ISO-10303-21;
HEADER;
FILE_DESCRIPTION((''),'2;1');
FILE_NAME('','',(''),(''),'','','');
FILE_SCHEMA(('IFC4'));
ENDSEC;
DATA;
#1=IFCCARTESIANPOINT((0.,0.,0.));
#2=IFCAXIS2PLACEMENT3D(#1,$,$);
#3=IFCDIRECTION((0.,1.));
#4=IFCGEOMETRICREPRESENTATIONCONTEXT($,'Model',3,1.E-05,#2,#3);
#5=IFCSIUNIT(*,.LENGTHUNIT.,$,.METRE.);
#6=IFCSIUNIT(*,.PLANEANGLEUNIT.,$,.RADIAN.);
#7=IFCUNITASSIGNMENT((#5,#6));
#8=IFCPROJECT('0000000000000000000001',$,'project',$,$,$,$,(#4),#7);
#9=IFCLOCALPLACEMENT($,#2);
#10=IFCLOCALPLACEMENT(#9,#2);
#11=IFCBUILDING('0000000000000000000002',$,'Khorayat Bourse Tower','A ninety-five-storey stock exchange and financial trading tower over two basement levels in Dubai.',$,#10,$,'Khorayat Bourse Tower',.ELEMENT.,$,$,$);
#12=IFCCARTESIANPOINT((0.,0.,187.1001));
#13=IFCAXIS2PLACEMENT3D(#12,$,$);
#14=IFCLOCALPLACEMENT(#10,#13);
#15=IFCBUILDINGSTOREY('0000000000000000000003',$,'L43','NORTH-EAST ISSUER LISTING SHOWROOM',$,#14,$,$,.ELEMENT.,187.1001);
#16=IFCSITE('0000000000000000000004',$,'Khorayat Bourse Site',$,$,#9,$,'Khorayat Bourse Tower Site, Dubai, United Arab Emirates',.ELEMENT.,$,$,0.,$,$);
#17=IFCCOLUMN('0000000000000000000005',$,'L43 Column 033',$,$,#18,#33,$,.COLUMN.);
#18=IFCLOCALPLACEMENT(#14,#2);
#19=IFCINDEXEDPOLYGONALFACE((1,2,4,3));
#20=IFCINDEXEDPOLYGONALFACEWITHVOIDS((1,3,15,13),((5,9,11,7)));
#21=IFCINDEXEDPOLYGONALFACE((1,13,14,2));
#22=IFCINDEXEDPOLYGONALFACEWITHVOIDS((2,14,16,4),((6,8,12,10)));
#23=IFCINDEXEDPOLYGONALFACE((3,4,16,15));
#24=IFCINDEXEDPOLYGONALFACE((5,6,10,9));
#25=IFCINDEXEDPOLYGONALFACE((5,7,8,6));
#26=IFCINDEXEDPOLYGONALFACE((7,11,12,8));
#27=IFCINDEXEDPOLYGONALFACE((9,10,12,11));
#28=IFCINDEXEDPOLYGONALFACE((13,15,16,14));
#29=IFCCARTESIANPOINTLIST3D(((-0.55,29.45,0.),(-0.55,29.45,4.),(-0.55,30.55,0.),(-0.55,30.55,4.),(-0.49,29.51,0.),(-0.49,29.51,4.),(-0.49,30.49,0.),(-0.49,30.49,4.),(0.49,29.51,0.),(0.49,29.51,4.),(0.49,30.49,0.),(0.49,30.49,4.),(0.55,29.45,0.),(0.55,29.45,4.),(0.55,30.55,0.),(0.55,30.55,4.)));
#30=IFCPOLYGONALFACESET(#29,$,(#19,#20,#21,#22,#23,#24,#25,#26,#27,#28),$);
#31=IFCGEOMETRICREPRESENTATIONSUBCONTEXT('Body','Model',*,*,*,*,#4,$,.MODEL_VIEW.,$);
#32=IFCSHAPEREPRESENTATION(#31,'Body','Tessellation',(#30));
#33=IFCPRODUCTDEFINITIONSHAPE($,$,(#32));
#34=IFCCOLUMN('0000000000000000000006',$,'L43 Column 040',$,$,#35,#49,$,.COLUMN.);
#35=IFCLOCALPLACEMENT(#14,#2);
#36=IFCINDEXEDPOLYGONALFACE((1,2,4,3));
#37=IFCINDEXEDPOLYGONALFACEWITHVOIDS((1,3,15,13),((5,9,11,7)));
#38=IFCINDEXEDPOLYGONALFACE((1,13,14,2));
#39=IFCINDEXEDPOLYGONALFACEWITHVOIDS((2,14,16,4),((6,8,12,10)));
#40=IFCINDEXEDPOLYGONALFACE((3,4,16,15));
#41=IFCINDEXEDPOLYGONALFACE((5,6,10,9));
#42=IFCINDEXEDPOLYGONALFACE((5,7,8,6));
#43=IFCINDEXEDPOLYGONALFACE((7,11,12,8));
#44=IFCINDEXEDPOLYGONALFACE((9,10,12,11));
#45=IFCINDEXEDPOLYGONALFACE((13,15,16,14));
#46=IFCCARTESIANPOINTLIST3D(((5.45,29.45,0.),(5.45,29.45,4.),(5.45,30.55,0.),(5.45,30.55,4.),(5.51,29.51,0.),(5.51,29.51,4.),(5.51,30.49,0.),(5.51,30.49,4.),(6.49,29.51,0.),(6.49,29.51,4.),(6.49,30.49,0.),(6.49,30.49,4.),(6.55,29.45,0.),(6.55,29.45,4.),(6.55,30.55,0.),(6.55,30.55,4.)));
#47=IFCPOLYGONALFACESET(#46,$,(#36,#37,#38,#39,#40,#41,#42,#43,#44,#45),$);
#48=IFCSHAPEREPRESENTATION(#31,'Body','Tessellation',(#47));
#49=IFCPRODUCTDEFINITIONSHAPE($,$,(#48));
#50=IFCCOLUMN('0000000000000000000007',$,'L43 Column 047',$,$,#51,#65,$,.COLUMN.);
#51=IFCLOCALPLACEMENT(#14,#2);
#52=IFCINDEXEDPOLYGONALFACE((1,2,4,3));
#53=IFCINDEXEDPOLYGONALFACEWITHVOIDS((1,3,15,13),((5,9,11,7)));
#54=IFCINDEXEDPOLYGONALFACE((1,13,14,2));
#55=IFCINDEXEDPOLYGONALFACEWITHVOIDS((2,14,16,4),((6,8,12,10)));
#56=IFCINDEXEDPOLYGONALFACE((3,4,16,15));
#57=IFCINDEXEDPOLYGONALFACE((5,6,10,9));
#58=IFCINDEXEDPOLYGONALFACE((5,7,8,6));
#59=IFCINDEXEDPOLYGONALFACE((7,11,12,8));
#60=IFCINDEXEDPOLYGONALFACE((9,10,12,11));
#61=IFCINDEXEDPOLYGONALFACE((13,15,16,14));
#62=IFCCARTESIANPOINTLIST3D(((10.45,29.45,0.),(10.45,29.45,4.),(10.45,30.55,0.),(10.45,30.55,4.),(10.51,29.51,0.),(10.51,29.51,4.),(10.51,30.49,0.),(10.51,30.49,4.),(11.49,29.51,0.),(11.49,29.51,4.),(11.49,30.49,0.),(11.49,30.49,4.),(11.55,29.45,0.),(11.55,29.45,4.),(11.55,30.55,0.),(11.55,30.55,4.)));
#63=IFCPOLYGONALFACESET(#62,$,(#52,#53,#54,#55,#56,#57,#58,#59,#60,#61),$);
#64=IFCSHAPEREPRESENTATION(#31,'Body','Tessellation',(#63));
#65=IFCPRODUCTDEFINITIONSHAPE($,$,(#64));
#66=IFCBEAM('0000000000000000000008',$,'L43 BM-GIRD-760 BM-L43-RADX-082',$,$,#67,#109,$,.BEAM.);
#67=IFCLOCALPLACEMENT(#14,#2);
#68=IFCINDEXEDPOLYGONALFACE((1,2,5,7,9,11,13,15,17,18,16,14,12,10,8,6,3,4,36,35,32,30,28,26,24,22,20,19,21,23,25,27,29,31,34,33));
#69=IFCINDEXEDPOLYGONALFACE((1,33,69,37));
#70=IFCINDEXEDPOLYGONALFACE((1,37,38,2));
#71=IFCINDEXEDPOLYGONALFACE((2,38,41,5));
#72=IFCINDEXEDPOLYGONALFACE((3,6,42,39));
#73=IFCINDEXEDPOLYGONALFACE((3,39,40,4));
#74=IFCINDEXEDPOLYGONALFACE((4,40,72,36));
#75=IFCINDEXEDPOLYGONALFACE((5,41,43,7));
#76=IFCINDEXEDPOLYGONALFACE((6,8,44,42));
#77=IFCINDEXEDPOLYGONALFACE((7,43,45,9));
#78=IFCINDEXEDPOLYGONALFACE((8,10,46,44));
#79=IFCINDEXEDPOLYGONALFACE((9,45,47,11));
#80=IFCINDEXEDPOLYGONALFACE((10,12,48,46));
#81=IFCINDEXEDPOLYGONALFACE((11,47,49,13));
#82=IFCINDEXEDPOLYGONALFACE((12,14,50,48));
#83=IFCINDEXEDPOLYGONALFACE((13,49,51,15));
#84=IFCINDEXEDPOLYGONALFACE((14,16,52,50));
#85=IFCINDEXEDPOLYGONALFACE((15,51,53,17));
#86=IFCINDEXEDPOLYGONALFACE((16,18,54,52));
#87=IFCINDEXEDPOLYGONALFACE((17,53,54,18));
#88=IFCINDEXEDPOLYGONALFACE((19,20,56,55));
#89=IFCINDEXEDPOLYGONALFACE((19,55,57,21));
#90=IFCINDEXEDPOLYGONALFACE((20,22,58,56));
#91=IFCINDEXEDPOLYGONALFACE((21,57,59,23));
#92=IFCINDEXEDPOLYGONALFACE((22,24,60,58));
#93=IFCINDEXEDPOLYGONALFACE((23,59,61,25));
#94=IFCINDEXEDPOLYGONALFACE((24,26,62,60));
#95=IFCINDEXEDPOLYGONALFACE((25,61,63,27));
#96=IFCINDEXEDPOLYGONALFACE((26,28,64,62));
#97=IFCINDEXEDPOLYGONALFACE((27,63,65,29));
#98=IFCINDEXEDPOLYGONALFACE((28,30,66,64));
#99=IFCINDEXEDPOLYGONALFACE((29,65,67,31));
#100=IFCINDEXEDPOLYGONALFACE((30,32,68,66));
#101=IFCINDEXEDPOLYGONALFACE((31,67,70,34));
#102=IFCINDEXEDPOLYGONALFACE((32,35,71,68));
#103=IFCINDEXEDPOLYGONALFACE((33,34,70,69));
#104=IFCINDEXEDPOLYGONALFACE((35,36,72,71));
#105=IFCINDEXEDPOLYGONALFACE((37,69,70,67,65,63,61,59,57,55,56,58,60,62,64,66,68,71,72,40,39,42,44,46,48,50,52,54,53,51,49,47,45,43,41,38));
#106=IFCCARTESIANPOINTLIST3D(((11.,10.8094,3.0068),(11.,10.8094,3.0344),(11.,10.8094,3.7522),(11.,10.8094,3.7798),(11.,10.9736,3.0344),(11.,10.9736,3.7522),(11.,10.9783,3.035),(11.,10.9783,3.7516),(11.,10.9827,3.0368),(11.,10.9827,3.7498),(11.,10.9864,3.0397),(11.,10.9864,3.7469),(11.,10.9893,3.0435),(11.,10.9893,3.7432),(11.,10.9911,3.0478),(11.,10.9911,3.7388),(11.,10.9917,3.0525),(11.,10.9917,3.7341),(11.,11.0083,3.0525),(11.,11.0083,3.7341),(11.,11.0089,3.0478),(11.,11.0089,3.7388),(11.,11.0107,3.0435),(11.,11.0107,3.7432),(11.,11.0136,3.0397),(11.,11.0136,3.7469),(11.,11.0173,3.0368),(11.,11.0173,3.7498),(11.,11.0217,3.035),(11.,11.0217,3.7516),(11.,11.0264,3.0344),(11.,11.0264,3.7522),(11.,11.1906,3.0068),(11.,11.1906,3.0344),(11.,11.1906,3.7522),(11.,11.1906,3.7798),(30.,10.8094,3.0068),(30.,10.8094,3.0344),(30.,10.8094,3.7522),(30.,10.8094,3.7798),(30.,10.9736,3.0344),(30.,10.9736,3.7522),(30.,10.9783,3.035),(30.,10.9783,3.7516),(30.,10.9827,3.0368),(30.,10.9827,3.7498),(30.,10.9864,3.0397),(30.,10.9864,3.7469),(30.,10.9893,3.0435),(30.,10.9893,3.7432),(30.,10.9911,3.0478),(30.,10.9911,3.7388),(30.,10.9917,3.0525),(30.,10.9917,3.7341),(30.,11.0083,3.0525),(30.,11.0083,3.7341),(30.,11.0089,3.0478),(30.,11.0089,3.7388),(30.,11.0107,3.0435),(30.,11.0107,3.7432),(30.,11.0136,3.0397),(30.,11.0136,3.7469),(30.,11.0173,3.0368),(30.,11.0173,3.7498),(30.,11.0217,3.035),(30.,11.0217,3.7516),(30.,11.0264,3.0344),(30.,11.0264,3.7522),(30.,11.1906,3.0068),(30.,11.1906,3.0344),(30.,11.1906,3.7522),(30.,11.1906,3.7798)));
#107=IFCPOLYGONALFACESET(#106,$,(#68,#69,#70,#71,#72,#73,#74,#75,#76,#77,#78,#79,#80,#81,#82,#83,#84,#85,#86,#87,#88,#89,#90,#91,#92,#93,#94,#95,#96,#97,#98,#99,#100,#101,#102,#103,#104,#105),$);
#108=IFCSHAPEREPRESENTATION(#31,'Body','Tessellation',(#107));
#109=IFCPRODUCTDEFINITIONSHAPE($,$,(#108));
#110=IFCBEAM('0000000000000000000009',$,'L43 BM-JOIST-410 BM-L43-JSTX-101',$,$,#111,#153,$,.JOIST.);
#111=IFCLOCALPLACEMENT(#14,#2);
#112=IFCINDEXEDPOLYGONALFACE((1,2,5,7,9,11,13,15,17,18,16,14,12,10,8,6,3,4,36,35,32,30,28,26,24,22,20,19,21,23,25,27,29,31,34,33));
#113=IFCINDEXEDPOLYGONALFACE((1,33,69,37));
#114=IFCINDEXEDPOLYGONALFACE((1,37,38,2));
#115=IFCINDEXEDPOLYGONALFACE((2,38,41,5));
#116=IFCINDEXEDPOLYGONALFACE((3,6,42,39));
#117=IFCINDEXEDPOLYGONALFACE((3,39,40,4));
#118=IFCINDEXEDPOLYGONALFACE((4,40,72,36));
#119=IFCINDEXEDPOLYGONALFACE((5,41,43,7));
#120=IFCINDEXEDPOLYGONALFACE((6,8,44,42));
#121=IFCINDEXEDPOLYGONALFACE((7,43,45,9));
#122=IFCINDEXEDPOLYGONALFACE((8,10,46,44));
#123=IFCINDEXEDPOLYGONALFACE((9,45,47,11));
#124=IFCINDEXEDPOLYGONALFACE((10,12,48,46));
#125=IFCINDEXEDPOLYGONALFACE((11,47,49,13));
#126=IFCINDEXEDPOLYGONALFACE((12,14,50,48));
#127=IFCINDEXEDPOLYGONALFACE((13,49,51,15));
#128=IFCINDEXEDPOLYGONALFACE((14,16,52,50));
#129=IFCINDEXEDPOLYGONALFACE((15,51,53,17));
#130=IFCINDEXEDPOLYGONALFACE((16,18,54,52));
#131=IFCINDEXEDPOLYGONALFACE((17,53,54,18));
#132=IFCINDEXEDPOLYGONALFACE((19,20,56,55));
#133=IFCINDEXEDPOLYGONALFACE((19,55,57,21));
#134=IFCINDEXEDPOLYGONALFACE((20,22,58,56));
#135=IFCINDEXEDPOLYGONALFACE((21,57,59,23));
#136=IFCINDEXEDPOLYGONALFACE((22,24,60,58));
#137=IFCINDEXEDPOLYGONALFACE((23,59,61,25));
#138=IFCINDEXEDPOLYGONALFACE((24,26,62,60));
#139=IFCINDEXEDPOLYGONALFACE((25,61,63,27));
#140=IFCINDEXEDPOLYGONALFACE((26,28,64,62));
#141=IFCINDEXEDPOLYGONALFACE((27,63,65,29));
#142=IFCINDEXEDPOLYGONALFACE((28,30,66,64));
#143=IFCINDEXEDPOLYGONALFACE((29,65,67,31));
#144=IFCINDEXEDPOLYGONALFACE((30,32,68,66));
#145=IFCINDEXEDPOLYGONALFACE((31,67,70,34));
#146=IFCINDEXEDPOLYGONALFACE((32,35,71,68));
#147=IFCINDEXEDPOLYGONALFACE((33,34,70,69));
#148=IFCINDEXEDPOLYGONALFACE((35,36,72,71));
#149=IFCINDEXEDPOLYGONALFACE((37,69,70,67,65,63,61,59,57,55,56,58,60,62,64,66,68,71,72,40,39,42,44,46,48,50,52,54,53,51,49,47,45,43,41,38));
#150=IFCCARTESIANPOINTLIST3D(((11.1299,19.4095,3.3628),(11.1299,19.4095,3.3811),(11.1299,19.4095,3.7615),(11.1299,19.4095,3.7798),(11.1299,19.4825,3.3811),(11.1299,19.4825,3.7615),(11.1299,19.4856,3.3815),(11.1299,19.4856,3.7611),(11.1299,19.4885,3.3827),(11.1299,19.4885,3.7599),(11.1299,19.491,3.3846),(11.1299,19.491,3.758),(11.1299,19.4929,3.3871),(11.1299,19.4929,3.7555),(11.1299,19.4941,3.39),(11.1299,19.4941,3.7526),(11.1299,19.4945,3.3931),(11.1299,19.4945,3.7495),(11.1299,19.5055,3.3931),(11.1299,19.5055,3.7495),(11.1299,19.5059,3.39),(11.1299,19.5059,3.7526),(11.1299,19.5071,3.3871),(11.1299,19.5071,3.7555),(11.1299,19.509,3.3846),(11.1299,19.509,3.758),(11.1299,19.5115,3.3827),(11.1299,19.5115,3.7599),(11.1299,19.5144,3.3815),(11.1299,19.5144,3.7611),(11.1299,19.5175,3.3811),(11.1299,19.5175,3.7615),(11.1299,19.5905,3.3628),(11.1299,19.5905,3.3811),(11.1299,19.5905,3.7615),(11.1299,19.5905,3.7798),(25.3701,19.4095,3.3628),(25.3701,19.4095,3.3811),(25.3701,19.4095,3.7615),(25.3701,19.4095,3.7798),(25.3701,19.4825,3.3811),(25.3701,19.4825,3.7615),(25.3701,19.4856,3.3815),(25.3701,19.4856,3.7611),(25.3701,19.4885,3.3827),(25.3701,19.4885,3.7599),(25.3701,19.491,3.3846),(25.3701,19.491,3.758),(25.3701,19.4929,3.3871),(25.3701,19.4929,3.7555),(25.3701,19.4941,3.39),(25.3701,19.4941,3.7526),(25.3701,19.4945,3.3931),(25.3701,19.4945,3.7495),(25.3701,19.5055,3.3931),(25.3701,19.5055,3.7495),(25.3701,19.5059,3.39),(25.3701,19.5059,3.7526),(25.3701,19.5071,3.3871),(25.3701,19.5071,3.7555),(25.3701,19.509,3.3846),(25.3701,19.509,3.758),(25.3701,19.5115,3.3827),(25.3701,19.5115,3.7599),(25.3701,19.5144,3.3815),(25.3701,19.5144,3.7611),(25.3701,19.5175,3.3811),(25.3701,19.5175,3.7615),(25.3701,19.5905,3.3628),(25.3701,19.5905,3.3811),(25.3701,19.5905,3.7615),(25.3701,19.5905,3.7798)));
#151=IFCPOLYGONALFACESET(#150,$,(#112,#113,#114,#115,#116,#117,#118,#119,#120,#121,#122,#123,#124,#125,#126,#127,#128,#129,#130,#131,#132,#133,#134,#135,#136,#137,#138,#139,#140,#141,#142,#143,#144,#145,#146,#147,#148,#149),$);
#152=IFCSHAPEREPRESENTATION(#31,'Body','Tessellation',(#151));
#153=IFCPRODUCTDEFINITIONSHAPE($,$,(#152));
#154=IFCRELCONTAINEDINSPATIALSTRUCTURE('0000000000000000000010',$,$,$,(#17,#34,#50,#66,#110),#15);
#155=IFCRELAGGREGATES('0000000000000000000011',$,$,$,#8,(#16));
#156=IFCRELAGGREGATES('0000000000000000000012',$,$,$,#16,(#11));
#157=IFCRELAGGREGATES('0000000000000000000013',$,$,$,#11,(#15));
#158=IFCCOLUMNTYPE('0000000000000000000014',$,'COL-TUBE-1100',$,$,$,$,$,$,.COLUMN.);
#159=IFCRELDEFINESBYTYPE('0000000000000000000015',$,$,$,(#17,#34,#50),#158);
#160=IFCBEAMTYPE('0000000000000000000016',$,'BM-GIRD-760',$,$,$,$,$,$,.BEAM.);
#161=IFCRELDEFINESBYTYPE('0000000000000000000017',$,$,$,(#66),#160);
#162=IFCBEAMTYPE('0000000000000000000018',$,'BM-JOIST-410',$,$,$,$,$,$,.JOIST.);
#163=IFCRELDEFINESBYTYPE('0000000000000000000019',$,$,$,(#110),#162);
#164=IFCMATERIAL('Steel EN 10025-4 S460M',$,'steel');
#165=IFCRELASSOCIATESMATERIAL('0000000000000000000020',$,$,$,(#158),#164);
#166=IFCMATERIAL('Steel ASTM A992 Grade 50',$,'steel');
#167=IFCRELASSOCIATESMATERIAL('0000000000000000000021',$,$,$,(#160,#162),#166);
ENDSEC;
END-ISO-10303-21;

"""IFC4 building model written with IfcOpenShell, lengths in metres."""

from ifc_helpers import new_model, si_unit, direction, frame, origin, origin_2d, place, context, subcontext, project, spatial, hollow_rectangle, i_section, extrude, source, transform, mapped, material, material_profile, profile_set, type_object, element, save


model = new_model("IFC4")

# Units and contexts
model_context = context("Model", 3, precision=1e-05, world=origin(), true_north=direction((0.0, 1.0)))
body_context = subcontext(model_context, "Body", "Model", "MODEL_VIEW")
ifc_project = project(units=[si_unit("LENGTHUNIT", "METRE"), si_unit("PLANEANGLEUNIT", "RADIAN")], contexts=[model_context])

# Site, building, storey
site_placement = place(None, origin())
site = spatial("IfcSite", under=ifc_project, at=site_placement, Name="Khorayat Bourse Site", LongName="Khorayat Bourse Tower Site, Dubai, United Arab Emirates", CompositionType="ELEMENT", RefElevation=0.0)
building_placement = place(site_placement, origin())
building = spatial("IfcBuilding", under=site, at=building_placement, Name="Khorayat Bourse Tower", Description="A ninety-five-storey stock exchange and financial trading tower over two basement levels in Dubai.", LongName="Khorayat Bourse Tower", CompositionType="ELEMENT")
storey_placement = place(building_placement, frame((0.0, 0.0, 187.1001)))
storey = spatial("IfcBuildingStorey", under=building, at=storey_placement, Name="L43", Description="NORTH-EAST ISSUER LISTING SHOWROOM", CompositionType="ELEMENT", Elevation=187.1001)

# Columns
ifc_material_1 = material(Name="Steel EN 10025-4 S460M", Category="steel")
ifc_material_profile_1 = material_profile(ifc_material_1, hollow_rectangle(XDim=1.1001, YDim=1.1001, WallThickness=0.0601, at=origin_2d()), Name="BOX 1100x1100x60")
ifc_profile_set_1 = profile_set([ifc_material_profile_1], Name="Steel EN 10025-4 S460M")
column_type = type_object("IfcColumnType", Name="COL-TUBE-1100", PredefinedType="COLUMN", material=ifc_profile_set_1)
shared_shape_1 = source(origin(), body_context, "Body", "SweptSolid", [
    extrude(hollow_rectangle(XDim=1.1001, YDim=1.1001, WallThickness=0.0601, at=origin_2d()), origin(), (0.0, 0.0, 1.0), 4.0),
])
for number, where, z_axis, x_axis, name in (
    (1, (0.0, 30.0, 0.0), (0.0, 0.0, 1.0), (1.0, 0.0, 0.0), "L43 Column 033"),
    (2, (6.0, 30.0, 0.0), (0.0, 0.0, 1.0), (1.0, 0.0, 0.0), "L43 Column 040"),
    (3, (11.0, 30.0, 0.0), (0.0, 0.0, 1.0), (1.0, 0.0, 0.0), "L43 Column 047"),
):
    element("IfcColumn", number, at=place(storey_placement, frame(where, z_axis=z_axis, x_axis=x_axis)), inside=storey, type_object=column_type, Name=name, PredefinedType="COLUMN", context=body_context, shape_type="MappedRepresentation", body=[
        mapped(shared_shape_1, transform((0.0, 0.0, 0.0), scale=1.0)),
    ])

# Beams
ifc_material_2 = material(Name="Steel ASTM A992 Grade 50", Category="steel")
ifc_material_profile_2 = material_profile(ifc_material_2, i_section(OverallWidth=0.3811, OverallDepth=0.7729, WebThickness=0.0166, FlangeThickness=0.0276, FilletRadius=0.0181, at=origin_2d()), Name="W760X257")
ifc_profile_set_2 = profile_set([ifc_material_profile_2], Name="Steel ASTM A992 Grade 50")
beam_type_1 = type_object("IfcBeamType", Name="BM-GIRD-760", PredefinedType="BEAM", material=ifc_profile_set_2)
shared_shape_2 = source(origin(), body_context, "Body", "SweptSolid", [
    extrude(i_section(OverallWidth=0.3811, OverallDepth=0.7729, WebThickness=0.0166, FlangeThickness=0.0276, FilletRadius=0.0181, at=origin_2d()), origin(), (0.0, 0.0, 1.0), 19.0),
])
beam_1_placement = place(storey_placement, frame((11.0, 11.0, 3.3933), z_axis=(1.0, 0.0, 0.0), x_axis=(0.0, 1.0, 0.0)))
element("IfcBeam", 4, at=beam_1_placement, inside=storey, type_object=beam_type_1, Name="L43 BM-GIRD-760 BM-L43-RADX-082", PredefinedType="BEAM", context=body_context, shape_type="MappedRepresentation", body=[
    mapped(shared_shape_2, transform((0.0, 0.0, 0.0), scale=1.0)),
])
ifc_material_profile_3 = material_profile(ifc_material_2, i_section(OverallWidth=0.1809, OverallDepth=0.417, WebThickness=0.011, FlangeThickness=0.0183, FilletRadius=0.012, at=origin_2d()), Name="W410X85")
ifc_profile_set_3 = profile_set([ifc_material_profile_3], Name="Steel ASTM A992 Grade 50")
beam_type_2 = type_object("IfcBeamType", Name="BM-JOIST-410", PredefinedType="JOIST", material=ifc_profile_set_3)
shared_shape_3 = source(origin(), body_context, "Body", "SweptSolid", [
    extrude(i_section(OverallWidth=0.1809, OverallDepth=0.417, WebThickness=0.011, FlangeThickness=0.0183, FilletRadius=0.012, at=origin_2d()), origin(), (0.0, 0.0, 1.0), 14.2402),
])
beam_2_placement = place(storey_placement, frame((11.1299, 19.5, 3.5713), z_axis=(1.0, 0.0, 0.0), x_axis=(0.0, 1.0, 0.0)))
element("IfcBeam", 5, at=beam_2_placement, inside=storey, type_object=beam_type_2, Name="L43 BM-JOIST-410 BM-L43-JSTX-101", PredefinedType="JOIST", context=body_context, shape_type="MappedRepresentation", body=[
    mapped(shared_shape_3, transform((0.0, 0.0, 0.0), scale=1.0)),
])

save(model, "model.ifc")
